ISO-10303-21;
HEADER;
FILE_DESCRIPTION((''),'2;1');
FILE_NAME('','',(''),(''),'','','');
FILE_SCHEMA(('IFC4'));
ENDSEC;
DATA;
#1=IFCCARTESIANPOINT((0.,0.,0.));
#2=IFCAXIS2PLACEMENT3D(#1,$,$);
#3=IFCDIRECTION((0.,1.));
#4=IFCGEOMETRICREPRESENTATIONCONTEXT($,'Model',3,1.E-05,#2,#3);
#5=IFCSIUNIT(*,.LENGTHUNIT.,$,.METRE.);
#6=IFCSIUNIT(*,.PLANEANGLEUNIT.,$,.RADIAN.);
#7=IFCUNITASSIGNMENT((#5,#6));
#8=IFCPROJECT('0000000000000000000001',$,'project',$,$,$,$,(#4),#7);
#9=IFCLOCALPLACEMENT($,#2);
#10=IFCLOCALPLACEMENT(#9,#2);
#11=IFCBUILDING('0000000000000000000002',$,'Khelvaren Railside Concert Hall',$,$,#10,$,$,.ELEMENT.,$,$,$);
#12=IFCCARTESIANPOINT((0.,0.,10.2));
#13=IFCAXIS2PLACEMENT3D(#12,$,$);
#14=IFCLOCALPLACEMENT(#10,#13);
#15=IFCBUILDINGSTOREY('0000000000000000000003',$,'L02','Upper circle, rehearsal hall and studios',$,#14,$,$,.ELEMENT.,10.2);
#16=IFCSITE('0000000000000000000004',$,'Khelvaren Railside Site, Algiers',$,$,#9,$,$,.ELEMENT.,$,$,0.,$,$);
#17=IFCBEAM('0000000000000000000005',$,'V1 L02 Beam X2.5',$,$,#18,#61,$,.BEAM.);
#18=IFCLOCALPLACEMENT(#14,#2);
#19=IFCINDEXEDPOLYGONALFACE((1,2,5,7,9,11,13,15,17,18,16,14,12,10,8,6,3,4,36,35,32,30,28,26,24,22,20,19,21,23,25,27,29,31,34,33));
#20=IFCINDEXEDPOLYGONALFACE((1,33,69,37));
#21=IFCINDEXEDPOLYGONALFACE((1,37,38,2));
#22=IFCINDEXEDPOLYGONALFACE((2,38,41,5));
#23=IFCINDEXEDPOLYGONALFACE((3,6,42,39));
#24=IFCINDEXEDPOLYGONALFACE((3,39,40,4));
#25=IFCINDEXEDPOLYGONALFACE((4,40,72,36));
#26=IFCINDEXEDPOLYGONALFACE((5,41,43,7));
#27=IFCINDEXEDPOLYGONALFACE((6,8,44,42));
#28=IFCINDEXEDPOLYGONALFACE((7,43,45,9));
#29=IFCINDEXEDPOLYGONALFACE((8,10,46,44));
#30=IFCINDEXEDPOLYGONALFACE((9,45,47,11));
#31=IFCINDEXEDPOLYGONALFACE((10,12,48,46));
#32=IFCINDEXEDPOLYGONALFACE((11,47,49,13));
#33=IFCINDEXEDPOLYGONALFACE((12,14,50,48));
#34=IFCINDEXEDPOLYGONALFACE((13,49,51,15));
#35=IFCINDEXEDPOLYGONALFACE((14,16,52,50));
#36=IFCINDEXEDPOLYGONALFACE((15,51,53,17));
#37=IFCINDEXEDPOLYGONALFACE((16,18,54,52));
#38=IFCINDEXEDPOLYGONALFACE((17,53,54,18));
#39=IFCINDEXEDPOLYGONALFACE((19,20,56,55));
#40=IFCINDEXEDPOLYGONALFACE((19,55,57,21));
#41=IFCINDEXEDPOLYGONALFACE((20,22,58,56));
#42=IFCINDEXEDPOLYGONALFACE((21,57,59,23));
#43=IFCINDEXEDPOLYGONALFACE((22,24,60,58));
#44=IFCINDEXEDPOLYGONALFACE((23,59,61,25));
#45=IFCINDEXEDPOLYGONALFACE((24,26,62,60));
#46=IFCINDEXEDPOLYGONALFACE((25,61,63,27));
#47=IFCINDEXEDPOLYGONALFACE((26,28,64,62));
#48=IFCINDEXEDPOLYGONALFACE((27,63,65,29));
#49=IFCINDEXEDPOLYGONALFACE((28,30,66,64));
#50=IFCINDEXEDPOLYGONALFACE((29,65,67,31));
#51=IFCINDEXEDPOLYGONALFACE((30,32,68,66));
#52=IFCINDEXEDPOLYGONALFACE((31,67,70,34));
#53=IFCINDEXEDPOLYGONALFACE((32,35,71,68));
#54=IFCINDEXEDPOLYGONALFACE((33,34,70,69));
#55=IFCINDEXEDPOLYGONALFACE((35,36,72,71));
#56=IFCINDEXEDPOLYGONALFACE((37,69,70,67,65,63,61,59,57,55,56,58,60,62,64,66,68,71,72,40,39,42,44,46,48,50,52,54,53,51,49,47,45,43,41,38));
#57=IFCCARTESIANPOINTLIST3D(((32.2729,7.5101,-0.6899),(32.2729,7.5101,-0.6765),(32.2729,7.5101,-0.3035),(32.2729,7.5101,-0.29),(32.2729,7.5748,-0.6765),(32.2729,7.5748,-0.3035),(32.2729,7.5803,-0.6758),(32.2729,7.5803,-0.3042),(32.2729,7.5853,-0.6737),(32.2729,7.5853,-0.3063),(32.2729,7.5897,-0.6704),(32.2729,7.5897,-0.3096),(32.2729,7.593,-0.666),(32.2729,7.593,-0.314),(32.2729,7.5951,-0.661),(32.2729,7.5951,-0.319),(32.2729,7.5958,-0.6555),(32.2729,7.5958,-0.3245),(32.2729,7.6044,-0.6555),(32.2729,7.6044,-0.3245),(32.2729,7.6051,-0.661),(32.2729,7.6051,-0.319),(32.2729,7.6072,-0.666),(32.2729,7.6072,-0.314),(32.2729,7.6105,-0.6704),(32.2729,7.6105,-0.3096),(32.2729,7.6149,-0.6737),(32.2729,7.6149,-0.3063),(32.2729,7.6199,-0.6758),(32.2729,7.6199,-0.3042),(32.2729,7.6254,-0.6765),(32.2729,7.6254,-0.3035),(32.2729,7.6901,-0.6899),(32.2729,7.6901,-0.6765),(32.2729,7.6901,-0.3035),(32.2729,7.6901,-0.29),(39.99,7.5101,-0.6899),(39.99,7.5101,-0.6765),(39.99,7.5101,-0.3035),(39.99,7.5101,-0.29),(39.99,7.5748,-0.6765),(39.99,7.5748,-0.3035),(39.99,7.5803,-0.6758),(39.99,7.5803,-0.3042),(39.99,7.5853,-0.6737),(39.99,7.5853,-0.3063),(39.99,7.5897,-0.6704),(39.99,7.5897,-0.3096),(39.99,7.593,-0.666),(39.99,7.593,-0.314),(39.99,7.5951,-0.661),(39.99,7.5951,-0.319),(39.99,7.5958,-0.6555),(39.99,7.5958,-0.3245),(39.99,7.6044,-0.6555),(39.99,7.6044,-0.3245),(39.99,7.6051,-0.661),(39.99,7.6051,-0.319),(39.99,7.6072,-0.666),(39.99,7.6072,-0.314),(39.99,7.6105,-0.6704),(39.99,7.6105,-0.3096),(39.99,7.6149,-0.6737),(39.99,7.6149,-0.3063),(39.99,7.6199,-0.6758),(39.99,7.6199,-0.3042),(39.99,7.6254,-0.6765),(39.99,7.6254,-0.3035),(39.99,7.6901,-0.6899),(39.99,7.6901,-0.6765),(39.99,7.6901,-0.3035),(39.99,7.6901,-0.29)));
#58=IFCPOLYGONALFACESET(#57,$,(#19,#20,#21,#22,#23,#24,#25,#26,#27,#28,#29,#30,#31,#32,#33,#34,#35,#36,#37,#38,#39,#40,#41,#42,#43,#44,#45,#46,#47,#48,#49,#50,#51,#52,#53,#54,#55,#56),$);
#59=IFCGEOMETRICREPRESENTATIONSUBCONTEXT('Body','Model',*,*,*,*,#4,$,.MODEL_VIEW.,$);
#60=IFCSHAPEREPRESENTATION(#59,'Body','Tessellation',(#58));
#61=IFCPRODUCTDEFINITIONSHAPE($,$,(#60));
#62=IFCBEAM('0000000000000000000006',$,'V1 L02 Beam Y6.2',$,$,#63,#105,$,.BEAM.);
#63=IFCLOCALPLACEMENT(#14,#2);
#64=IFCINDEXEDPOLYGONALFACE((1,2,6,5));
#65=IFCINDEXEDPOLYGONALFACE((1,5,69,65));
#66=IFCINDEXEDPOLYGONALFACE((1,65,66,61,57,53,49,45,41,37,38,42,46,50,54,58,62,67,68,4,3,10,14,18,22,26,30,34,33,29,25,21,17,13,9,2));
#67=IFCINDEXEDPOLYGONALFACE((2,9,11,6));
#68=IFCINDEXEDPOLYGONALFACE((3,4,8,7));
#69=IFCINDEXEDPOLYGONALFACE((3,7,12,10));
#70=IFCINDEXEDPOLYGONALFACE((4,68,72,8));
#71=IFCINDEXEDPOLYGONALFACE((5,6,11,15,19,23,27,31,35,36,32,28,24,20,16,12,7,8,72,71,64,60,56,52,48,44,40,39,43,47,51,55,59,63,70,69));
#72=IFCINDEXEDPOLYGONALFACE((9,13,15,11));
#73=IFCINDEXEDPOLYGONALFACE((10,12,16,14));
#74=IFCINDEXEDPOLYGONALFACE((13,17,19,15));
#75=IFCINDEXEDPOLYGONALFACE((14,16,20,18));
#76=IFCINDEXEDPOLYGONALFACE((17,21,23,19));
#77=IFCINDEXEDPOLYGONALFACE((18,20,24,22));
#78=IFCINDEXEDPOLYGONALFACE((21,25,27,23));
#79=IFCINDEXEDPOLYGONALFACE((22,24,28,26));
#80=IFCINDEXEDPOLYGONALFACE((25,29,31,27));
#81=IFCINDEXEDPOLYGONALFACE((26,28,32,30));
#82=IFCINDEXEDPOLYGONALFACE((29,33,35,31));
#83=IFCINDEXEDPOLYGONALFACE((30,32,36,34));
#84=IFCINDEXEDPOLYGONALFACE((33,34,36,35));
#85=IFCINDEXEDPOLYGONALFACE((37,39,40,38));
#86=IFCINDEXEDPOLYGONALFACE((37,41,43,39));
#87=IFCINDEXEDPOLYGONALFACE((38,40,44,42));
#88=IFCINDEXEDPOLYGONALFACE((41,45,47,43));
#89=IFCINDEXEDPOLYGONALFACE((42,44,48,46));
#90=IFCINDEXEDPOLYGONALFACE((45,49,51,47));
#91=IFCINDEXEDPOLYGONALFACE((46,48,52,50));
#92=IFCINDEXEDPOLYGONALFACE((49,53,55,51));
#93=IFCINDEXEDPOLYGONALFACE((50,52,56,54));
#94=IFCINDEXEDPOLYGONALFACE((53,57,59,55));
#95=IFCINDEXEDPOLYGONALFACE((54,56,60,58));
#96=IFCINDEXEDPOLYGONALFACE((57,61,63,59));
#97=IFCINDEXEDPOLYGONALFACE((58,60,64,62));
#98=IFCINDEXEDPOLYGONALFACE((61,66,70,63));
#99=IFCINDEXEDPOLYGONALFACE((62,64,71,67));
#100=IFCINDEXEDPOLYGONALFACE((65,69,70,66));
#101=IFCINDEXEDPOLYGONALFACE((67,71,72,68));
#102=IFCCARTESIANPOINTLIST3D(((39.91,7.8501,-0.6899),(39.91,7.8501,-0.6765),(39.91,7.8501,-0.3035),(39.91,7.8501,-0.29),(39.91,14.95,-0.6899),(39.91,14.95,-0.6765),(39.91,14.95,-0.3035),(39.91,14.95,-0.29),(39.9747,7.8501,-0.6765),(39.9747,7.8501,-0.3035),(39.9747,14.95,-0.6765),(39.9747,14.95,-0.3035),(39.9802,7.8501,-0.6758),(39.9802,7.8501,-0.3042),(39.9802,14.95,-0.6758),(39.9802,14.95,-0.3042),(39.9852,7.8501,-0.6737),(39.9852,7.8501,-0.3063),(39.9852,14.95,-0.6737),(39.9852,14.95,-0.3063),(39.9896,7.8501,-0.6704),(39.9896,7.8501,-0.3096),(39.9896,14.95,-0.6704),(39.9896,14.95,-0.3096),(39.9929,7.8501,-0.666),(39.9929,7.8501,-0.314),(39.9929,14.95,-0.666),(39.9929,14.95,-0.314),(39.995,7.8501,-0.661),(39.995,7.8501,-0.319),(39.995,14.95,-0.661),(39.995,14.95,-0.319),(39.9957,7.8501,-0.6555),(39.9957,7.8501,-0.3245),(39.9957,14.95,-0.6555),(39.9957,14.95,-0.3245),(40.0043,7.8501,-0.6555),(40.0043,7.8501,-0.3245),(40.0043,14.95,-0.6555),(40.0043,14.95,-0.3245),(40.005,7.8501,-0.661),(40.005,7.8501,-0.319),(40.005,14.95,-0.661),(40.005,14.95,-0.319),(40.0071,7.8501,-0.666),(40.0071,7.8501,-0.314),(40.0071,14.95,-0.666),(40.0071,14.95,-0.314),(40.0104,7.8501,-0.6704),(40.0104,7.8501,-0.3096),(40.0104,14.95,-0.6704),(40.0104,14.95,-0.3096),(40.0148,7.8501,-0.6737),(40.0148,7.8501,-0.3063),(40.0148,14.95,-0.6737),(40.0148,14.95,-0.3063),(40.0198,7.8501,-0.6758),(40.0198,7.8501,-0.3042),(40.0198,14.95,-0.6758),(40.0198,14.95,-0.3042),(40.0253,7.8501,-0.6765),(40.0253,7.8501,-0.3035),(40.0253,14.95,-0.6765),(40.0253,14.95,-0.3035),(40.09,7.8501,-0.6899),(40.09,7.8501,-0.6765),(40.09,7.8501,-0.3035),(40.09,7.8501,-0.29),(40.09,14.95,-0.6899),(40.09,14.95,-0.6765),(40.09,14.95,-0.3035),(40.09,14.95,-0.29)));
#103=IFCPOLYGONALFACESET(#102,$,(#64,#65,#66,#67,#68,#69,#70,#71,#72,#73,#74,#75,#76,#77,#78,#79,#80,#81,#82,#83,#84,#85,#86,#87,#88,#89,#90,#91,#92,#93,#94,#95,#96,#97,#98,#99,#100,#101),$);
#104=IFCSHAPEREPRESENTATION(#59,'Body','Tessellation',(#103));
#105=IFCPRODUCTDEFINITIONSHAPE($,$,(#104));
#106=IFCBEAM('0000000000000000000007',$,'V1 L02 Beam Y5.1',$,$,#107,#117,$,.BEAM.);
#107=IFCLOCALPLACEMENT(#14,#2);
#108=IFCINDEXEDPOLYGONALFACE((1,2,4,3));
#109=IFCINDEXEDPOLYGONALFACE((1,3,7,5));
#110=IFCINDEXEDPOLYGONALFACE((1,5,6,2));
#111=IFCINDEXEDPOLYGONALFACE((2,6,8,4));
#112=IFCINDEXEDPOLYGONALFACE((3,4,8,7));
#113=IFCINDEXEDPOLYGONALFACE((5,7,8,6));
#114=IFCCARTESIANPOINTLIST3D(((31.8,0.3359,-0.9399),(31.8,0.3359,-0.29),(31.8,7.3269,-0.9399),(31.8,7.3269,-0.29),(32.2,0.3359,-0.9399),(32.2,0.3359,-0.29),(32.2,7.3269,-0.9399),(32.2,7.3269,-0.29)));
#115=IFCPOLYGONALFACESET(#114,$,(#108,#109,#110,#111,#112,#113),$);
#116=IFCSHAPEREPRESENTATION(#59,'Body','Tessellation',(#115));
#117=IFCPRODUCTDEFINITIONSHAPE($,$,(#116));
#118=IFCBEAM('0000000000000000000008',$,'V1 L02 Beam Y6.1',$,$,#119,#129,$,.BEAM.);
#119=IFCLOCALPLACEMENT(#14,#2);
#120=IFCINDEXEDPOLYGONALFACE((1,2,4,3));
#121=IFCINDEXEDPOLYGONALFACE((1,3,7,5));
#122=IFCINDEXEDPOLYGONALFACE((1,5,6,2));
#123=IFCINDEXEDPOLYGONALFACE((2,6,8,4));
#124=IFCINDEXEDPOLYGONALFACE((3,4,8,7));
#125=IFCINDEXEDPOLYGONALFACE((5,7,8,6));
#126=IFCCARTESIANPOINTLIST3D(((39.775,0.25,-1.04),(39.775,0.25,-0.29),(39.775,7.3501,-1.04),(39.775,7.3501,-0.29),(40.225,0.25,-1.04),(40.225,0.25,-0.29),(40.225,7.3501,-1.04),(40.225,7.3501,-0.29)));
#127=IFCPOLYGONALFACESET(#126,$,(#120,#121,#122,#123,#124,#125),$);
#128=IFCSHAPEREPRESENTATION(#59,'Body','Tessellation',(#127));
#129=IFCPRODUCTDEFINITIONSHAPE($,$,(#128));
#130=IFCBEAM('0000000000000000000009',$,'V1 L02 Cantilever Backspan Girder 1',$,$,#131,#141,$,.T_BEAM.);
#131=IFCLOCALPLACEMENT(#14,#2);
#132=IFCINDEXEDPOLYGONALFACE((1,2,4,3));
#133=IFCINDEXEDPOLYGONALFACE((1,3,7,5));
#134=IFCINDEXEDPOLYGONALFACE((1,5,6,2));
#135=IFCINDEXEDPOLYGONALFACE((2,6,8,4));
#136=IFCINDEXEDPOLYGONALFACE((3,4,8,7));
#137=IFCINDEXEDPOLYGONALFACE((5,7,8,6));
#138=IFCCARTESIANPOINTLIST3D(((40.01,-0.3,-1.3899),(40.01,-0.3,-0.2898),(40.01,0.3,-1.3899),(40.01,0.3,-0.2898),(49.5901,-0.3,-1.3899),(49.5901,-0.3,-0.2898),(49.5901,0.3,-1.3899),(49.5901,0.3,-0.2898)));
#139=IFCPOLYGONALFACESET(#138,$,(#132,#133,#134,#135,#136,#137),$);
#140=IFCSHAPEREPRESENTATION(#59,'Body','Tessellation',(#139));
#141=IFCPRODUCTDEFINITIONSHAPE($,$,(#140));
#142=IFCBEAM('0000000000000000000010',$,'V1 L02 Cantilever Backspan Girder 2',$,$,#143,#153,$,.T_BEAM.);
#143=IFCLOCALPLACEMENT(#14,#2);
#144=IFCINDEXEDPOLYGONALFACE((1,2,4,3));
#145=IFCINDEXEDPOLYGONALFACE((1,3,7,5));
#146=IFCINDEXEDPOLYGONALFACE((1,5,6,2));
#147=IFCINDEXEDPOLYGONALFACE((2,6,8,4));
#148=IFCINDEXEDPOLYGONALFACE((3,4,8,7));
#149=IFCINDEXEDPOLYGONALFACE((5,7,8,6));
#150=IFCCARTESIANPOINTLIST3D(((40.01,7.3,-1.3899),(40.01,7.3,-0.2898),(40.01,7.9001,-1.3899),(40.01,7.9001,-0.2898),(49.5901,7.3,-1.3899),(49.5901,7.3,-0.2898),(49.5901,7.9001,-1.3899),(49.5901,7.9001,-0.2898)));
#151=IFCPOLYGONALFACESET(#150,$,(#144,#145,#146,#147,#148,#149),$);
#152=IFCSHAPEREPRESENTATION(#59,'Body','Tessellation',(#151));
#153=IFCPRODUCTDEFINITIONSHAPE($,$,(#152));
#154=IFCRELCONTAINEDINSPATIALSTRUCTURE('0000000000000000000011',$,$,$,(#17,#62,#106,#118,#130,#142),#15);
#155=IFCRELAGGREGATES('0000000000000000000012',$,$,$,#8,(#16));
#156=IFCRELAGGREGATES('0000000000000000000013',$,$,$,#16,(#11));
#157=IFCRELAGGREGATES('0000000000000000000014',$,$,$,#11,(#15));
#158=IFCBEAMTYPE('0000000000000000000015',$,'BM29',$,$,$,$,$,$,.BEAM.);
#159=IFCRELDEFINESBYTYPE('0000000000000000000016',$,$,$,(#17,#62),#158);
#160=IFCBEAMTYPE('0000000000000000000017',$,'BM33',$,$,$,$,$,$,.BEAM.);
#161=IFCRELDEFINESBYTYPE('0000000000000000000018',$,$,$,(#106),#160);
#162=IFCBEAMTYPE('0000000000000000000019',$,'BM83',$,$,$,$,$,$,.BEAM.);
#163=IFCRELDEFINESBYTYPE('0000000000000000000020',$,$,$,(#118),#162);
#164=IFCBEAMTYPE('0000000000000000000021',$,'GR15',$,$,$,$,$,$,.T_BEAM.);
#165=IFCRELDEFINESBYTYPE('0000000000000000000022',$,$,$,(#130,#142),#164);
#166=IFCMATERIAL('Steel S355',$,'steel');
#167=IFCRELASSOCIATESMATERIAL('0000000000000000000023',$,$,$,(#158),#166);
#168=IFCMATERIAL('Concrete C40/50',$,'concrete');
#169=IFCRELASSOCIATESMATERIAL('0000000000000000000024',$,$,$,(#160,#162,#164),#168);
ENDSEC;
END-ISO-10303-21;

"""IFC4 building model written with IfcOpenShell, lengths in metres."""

from ifc_helpers import new_model, si_unit, direction, frame, origin, origin_2d, place, context, subcontext, project, spatial, rectangle, i_section, extrude, material, material_profile, profile_set, type_object, element, save


model = new_model("IFC4")

# Units and contexts
model_context = context("Model", 3, precision=1e-05, world=origin(), true_north=direction((0.0, 1.0)))
body_context = subcontext(model_context, "Body", "Model", "MODEL_VIEW")
ifc_project = project(units=[si_unit("LENGTHUNIT", "METRE"), si_unit("PLANEANGLEUNIT", "RADIAN")], contexts=[model_context])

# Site, building, storey
site_placement = place(None, origin())
site = spatial("IfcSite", under=ifc_project, at=site_placement, Name="Khelvaren Railside Site, Algiers", CompositionType="ELEMENT", RefElevation=0.0)
building_placement = place(site_placement, origin())
building = spatial("IfcBuilding", under=site, at=building_placement, Name="Khelvaren Railside Concert Hall", CompositionType="ELEMENT")
storey_placement = place(building_placement, frame((0.0, 0.0, 10.2)))
storey = spatial("IfcBuildingStorey", under=building, at=storey_placement, Name="L02", Description="Upper circle, rehearsal hall and studios", CompositionType="ELEMENT", Elevation=10.2)

# Shared definitions
ifc_material_1 = material(Name="Steel S355", Category="steel")

# Beams
ifc_material_profile_1 = material_profile(ifc_material_1, i_section(OverallWidth=0.1799, OverallDepth=0.3999, WebThickness=0.0085, FlangeThickness=0.0134, FilletRadius=0.021, at=origin_2d()), Name="IPE 400")
ifc_profile_set_1 = profile_set([ifc_material_profile_1], Name="Steel S355")
beam_type_1 = type_object("IfcBeamType", Name="BM29", PredefinedType="BEAM", material=ifc_profile_set_1)
beam_1_placement = place(storey_placement, frame((32.2729, 7.6001, -0.49), z_axis=(1.0, 0.0, 0.0), x_axis=(0.0, 1.0, 0.0)))
element("IfcBeam", 1, at=beam_1_placement, inside=storey, type_object=beam_type_1, Name="V1 L02 Beam X2.5", PredefinedType="BEAM", context=body_context, shape_type="SweptSolid", body=[
    extrude(i_section(OverallWidth=0.1799, OverallDepth=0.3999, WebThickness=0.0085, FlangeThickness=0.0134, FilletRadius=0.021, at=origin_2d()), origin(), (0.0, 0.0, 1.0), 7.717),
])
beam_2_placement = place(storey_placement, frame((40.0, 7.8501, -0.49), z_axis=(0.0, 1.0, 0.0), x_axis=(-1.0, 0.0, 0.0)))
element("IfcBeam", 2, at=beam_2_placement, inside=storey, type_object=beam_type_1, Name="V1 L02 Beam Y6.2", PredefinedType="BEAM", context=body_context, shape_type="SweptSolid", body=[
    extrude(i_section(OverallWidth=0.1799, OverallDepth=0.3999, WebThickness=0.0085, FlangeThickness=0.0134, FilletRadius=0.021, at=origin_2d()), origin(), (0.0, 0.0, 1.0), 7.0999),
])
ifc_material_2 = material(Name="Concrete C40/50", Category="concrete")
ifc_material_profile_2 = material_profile(ifc_material_2, rectangle(XDim=0.3999, YDim=0.6499, at=origin_2d()), Name="RCB 400x650")
ifc_profile_set_2 = profile_set([ifc_material_profile_2], Name="Concrete C40/50")
beam_type_2 = type_object("IfcBeamType", Name="BM33", PredefinedType="BEAM", material=ifc_profile_set_2)
beam_3_placement = place(storey_placement, frame((32.0, 0.3359, -0.615), z_axis=(0.0, 1.0, 0.0), x_axis=(-1.0, 0.0, 0.0)))
element("IfcBeam", 3, at=beam_3_placement, inside=storey, type_object=beam_type_2, Name="V1 L02 Beam Y5.1", PredefinedType="BEAM", context=body_context, shape_type="SweptSolid", body=[
    extrude(rectangle(XDim=0.3999, YDim=0.6499, at=origin_2d()), origin(), (0.0, 0.0, 1.0), 6.991),
])
ifc_material_profile_3 = material_profile(ifc_material_2, rectangle(XDim=0.45, YDim=0.75, at=origin_2d()), Name="RCB 450x750")
ifc_profile_set_3 = profile_set([ifc_material_profile_3], Name="Concrete C40/50")
beam_type_3 = type_object("IfcBeamType", Name="BM83", PredefinedType="BEAM", material=ifc_profile_set_3)
beam_4_placement = place(storey_placement, frame((40.0, 0.25, -0.665), z_axis=(0.0, 1.0, 0.0), x_axis=(-1.0, 0.0, 0.0)))
element("IfcBeam", 4, at=beam_4_placement, inside=storey, type_object=beam_type_3, Name="V1 L02 Beam Y6.1", PredefinedType="BEAM", context=body_context, shape_type="SweptSolid", body=[
    extrude(rectangle(XDim=0.45, YDim=0.75, at=origin_2d()), origin(), (0.0, 0.0, 1.0), 7.1001),
])
ifc_material_profile_4 = material_profile(ifc_material_2, rectangle(XDim=0.6001, YDim=1.1001, at=origin_2d()), Name="RCB 600x1100")
ifc_profile_set_4 = profile_set([ifc_material_profile_4], Name="Concrete C40/50")
beam_type_4 = type_object("IfcBeamType", Name="GR15", PredefinedType="T_BEAM", material=ifc_profile_set_4)
for number, where, z_axis, x_axis, name in (
    (5, (40.01, 0.0, -0.8398), (1.0, 0.0, 0.0), (0.0, 1.0, 0.0), "V1 L02 Cantilever Backspan Girder 1"),
    (6, (40.01, 7.6001, -0.8398), (1.0, 0.0, 0.0), (0.0, 1.0, 0.0), "V1 L02 Cantilever Backspan Girder 2"),
):
    element("IfcBeam", number, at=place(storey_placement, frame(where, z_axis=z_axis, x_axis=x_axis)), inside=storey, type_object=beam_type_4, Name=name, PredefinedType="T_BEAM", context=body_context, shape_type="SweptSolid", body=[
        extrude(rectangle(XDim=0.6001, YDim=1.1001, at=origin_2d()), origin(), (0.0, 0.0, 1.0), 9.5801),
    ])

save(model, "model.ifc")
